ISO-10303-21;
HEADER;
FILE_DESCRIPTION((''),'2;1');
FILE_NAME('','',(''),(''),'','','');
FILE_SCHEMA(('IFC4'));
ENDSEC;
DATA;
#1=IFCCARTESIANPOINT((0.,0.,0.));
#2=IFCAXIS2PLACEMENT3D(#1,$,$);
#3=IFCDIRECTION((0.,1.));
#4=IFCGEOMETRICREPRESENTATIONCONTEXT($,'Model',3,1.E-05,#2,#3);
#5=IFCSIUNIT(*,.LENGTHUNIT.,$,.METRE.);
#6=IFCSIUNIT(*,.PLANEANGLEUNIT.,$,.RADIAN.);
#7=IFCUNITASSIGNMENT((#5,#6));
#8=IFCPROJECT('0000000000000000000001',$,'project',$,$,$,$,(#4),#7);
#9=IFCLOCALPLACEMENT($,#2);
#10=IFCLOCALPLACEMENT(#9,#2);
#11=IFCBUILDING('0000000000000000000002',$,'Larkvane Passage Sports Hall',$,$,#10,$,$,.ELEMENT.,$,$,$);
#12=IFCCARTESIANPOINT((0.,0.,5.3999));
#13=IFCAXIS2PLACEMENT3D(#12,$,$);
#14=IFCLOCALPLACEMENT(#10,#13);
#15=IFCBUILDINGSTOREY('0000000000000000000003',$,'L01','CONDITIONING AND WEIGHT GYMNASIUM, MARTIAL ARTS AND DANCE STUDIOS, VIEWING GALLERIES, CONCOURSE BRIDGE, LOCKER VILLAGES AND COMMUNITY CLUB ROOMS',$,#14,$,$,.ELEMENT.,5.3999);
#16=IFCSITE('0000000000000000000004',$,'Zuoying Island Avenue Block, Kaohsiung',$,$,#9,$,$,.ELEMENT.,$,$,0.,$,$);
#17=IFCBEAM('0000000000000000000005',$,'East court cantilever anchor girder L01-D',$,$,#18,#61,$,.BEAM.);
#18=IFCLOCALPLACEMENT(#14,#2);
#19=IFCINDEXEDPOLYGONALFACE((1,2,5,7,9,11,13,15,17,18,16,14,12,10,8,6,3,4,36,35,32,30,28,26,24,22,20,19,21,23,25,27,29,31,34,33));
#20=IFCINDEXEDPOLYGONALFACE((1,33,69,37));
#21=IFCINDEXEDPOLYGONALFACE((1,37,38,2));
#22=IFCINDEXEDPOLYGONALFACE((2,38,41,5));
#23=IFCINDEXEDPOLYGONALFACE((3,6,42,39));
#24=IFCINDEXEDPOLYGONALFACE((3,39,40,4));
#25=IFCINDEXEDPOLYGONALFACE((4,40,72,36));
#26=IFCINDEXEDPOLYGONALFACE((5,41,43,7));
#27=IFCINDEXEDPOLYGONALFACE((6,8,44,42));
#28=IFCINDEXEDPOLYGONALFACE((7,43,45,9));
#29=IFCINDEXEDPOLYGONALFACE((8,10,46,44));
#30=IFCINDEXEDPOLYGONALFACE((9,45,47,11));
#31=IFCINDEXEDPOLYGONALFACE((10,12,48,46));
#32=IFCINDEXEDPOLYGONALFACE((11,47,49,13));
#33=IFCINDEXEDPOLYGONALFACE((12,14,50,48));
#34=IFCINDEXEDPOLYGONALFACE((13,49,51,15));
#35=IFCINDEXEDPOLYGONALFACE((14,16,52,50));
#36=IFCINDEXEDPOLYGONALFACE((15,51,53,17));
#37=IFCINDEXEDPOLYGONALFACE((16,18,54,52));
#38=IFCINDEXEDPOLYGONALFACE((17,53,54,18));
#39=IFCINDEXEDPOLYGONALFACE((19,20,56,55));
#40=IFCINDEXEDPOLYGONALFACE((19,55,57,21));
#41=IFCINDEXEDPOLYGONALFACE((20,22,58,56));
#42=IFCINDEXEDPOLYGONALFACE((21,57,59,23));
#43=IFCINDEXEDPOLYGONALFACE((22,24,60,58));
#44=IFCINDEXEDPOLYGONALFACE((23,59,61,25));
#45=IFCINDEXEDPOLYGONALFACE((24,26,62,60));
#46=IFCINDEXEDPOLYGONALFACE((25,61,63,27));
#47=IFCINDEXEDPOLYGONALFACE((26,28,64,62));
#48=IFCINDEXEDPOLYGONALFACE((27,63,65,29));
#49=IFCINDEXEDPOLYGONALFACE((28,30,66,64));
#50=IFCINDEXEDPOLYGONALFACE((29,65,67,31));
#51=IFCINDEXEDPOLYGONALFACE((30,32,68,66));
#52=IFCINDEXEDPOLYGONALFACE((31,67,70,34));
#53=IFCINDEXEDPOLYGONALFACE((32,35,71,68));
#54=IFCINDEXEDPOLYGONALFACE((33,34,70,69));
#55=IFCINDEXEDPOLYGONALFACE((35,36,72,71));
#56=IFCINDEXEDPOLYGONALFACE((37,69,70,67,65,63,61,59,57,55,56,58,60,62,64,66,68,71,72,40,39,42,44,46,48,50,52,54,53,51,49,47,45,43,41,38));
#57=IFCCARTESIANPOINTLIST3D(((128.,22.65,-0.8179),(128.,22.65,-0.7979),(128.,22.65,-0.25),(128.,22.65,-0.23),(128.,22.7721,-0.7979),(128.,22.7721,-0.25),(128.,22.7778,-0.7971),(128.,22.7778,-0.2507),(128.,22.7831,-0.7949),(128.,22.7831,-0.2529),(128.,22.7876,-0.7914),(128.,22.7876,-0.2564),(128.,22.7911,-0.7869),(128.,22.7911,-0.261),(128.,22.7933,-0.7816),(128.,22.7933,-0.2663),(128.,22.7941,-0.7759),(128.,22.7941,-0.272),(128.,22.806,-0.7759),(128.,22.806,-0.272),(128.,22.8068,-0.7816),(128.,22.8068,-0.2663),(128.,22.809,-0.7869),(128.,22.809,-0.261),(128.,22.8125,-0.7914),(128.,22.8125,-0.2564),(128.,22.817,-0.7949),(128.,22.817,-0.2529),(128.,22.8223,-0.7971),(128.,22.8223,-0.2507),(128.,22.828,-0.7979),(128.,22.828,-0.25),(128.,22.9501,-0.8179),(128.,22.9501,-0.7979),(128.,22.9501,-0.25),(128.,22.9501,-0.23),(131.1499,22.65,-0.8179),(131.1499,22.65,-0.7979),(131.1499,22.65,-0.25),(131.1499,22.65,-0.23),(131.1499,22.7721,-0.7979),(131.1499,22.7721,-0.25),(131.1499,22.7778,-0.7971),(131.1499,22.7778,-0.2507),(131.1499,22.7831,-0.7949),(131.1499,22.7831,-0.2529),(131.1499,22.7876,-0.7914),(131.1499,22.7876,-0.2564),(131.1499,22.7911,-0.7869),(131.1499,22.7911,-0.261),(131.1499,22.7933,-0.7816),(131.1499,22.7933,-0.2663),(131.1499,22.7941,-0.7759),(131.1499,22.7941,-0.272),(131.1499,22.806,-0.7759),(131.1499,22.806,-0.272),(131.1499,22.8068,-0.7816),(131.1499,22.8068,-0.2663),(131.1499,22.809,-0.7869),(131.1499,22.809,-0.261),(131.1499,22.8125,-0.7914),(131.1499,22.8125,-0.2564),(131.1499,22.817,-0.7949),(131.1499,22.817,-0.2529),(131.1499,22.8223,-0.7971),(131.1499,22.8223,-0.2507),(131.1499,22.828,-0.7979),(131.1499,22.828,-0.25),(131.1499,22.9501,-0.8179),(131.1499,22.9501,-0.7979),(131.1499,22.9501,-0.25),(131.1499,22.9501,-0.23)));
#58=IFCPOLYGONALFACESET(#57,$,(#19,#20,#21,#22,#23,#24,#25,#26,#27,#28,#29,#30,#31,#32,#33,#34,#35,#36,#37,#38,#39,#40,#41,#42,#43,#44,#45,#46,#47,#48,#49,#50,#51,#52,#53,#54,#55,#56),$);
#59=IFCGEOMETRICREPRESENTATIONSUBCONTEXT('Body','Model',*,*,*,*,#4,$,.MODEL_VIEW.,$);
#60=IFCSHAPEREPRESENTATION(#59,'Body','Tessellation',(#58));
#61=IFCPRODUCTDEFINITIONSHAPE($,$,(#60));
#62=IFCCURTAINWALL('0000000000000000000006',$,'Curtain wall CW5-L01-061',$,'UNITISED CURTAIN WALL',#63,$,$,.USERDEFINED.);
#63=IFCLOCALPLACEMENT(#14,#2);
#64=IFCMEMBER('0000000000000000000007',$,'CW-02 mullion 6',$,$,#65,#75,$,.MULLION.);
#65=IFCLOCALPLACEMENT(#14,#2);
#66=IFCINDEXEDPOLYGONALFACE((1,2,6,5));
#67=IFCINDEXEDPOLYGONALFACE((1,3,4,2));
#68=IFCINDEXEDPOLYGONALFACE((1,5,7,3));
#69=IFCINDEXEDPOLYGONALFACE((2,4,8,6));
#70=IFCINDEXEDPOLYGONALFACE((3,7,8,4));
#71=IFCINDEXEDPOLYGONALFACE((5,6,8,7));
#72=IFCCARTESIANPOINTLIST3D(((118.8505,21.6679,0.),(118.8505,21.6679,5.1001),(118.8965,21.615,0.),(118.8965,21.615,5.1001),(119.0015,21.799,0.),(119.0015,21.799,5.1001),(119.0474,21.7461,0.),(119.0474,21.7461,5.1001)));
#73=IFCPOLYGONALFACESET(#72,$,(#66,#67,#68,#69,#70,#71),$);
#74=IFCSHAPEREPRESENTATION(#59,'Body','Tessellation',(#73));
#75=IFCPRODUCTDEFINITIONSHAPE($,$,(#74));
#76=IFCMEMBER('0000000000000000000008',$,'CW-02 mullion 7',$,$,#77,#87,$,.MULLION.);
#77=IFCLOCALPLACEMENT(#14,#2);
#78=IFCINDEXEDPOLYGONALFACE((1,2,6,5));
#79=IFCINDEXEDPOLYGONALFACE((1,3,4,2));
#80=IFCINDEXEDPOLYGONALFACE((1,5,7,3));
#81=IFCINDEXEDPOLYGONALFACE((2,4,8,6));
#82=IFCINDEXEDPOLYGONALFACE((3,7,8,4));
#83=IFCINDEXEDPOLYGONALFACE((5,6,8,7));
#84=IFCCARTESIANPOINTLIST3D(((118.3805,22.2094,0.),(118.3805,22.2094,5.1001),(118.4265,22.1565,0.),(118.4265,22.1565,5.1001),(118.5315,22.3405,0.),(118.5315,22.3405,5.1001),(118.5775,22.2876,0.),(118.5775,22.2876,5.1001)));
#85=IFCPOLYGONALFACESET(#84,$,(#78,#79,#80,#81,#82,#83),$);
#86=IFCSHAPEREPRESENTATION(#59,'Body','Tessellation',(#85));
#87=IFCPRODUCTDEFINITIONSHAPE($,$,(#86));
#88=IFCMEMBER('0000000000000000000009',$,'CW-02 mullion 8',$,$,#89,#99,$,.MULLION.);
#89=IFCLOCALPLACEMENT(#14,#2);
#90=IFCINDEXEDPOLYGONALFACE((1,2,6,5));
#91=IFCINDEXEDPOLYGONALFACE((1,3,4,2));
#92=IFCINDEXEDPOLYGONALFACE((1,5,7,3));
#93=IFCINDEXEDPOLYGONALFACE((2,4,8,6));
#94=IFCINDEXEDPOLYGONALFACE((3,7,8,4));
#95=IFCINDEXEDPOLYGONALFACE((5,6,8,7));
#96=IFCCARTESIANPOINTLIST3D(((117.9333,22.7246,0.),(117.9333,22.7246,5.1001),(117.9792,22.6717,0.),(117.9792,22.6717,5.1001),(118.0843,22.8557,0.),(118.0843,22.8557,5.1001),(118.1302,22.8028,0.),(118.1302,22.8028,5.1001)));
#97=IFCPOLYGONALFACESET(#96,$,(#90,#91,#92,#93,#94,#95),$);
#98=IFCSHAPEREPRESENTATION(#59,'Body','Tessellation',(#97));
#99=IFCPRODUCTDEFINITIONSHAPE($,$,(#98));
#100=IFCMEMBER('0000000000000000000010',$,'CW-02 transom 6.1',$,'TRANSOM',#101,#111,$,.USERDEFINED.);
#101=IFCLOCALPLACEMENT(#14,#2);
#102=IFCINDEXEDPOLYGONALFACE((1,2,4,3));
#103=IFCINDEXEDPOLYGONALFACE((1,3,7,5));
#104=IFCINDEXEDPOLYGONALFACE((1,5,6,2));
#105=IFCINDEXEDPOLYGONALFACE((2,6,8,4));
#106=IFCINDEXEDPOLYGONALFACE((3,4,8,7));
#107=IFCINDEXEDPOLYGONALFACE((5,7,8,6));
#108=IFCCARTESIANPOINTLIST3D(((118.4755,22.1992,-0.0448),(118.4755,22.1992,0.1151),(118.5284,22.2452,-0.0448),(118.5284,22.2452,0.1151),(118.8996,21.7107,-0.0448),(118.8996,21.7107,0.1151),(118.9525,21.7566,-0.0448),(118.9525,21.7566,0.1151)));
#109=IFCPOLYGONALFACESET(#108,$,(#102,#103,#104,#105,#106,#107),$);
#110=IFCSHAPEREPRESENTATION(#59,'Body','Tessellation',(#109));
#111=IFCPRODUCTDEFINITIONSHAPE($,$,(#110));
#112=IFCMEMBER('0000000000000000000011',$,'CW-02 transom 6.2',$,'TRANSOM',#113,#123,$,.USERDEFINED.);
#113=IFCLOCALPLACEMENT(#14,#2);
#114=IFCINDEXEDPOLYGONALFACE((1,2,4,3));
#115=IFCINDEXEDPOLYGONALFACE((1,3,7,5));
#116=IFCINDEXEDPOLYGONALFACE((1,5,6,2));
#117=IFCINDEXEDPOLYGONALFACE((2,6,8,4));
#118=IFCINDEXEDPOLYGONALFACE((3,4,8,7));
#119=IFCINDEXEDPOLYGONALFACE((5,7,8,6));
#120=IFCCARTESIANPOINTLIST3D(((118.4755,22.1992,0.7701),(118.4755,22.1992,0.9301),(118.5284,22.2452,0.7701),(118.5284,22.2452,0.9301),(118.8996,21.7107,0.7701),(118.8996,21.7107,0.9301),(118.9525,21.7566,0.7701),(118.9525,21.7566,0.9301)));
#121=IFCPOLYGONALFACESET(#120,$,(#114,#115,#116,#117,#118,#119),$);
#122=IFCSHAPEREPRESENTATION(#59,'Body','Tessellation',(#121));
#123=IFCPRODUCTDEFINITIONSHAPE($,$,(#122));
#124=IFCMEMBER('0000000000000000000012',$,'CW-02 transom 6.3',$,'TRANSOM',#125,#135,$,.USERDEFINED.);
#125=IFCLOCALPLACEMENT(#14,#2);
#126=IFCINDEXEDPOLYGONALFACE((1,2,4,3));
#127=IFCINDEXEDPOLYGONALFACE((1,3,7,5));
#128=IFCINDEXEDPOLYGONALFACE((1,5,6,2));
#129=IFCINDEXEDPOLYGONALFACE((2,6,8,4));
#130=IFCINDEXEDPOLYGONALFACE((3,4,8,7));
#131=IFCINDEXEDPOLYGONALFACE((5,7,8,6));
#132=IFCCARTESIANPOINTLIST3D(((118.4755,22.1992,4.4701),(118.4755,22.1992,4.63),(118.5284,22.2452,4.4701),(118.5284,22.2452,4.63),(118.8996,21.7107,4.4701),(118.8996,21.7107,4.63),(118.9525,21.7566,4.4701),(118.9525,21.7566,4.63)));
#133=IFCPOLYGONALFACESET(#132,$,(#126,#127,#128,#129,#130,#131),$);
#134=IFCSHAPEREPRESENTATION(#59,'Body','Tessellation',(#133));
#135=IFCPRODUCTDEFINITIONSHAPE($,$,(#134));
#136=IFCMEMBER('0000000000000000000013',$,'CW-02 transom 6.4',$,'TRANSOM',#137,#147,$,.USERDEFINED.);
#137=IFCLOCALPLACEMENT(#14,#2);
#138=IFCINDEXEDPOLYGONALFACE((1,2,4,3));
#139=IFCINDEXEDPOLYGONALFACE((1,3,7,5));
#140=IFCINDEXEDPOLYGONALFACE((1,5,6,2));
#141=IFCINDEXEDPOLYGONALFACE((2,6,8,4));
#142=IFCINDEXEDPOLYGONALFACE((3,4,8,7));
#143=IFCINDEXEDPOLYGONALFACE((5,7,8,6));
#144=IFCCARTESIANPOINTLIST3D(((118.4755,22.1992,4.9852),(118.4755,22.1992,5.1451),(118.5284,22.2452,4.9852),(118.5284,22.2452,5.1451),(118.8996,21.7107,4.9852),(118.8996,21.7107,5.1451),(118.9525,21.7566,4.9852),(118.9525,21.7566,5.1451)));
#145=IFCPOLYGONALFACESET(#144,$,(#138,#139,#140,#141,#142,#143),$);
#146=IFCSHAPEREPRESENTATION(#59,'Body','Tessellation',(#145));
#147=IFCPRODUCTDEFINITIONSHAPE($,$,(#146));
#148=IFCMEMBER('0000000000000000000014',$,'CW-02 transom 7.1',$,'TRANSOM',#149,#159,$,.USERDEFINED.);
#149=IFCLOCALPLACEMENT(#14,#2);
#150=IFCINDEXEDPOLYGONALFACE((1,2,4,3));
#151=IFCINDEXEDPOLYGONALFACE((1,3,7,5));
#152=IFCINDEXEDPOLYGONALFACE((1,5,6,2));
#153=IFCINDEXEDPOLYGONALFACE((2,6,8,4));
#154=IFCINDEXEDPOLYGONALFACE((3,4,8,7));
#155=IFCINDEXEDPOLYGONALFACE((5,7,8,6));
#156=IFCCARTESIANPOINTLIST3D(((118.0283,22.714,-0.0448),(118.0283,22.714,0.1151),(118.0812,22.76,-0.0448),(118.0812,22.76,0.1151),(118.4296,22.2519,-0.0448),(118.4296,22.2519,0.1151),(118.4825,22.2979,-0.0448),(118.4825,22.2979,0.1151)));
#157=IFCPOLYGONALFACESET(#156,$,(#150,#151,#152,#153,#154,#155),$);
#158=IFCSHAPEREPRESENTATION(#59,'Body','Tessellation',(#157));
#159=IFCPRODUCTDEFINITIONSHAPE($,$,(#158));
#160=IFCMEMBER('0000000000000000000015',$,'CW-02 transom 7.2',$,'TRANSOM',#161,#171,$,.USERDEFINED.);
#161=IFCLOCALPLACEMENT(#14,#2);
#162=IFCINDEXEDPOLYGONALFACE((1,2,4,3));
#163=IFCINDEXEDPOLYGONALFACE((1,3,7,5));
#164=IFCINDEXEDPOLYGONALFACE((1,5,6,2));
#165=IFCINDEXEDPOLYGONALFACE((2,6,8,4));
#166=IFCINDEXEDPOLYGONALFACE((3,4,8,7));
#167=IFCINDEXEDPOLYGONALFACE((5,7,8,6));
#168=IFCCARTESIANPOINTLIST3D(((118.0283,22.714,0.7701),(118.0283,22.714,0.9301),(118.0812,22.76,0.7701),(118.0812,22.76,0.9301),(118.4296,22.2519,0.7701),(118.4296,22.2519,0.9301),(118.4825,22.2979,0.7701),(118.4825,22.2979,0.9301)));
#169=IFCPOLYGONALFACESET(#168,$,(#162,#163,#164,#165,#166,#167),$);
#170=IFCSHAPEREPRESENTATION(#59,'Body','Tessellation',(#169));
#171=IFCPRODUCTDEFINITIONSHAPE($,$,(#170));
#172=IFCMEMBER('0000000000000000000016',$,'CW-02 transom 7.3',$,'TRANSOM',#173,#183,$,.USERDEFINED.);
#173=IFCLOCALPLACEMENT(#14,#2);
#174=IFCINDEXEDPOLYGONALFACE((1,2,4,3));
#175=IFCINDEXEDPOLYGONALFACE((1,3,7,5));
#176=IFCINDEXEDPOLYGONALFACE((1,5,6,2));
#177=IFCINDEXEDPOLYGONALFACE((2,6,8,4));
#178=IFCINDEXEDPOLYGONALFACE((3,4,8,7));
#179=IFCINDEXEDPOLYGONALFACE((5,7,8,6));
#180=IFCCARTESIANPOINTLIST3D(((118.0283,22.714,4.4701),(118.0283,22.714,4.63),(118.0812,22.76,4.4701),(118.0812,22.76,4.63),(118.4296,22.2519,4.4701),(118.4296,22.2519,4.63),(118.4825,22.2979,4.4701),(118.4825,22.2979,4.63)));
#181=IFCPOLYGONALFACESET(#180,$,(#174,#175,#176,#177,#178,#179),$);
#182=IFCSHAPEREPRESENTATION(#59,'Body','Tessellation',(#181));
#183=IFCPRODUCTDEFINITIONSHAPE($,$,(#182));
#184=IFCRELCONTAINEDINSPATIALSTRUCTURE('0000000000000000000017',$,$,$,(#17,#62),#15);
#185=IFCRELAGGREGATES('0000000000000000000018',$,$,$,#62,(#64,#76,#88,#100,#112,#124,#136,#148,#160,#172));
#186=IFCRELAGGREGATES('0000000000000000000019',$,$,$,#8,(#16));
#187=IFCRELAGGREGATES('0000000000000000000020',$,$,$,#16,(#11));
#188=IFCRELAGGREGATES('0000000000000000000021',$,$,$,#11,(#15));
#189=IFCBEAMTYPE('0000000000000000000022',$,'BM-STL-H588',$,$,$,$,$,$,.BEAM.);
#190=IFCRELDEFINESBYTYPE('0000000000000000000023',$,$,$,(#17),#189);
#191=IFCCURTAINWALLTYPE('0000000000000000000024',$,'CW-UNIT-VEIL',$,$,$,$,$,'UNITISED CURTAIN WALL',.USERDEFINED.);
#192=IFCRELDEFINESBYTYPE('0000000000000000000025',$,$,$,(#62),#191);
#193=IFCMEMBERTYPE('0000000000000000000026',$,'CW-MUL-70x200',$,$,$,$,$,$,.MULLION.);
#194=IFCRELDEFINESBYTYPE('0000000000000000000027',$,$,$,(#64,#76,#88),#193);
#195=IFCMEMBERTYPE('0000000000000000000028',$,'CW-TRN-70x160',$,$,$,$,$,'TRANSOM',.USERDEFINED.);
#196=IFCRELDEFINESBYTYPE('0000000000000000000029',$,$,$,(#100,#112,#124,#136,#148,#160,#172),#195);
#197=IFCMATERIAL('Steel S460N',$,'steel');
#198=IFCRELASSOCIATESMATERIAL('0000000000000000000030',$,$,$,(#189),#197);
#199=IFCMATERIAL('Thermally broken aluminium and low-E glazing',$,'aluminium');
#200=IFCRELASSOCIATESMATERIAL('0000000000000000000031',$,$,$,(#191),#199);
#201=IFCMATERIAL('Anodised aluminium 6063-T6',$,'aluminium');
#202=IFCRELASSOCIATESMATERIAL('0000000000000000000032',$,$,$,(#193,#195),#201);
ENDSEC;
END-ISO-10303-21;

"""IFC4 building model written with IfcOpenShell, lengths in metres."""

from ifc_helpers import new_model, si_unit, direction, frame, origin, origin_2d, place, context, subcontext, project, spatial, rectangle, i_section, extrude, material, material_profile, profile_set, type_object, element, aggregate, save


model = new_model("IFC4")

# Units and contexts
model_context = context("Model", 3, precision=1e-05, world=origin(), true_north=direction((0.0, 1.0)))
body_context = subcontext(model_context, "Body", "Model", "MODEL_VIEW")
ifc_project = project(units=[si_unit("LENGTHUNIT", "METRE"), si_unit("PLANEANGLEUNIT", "RADIAN")], contexts=[model_context])

# Site, building, storey
site_placement = place(None, origin())
site = spatial("IfcSite", under=ifc_project, at=site_placement, Name="Zuoying Island Avenue Block, Kaohsiung", CompositionType="ELEMENT", RefElevation=0.0)
building_placement = place(site_placement, origin())
building = spatial("IfcBuilding", under=site, at=building_placement, Name="Larkvane Passage Sports Hall", CompositionType="ELEMENT")
storey_placement = place(building_placement, frame((0.0, 0.0, 5.3999)))
storey = spatial("IfcBuildingStorey", under=building, at=storey_placement, Name="L01", Description="CONDITIONING AND WEIGHT GYMNASIUM, MARTIAL ARTS AND DANCE STUDIOS, VIEWING GALLERIES, CONCOURSE BRIDGE, LOCKER VILLAGES AND COMMUNITY CLUB ROOMS", CompositionType="ELEMENT", Elevation=5.3999)

# Beam
ifc_material_1 = material(Name="Steel S460N", Category="steel")
ifc_material_profile_1 = material_profile(ifc_material_1, i_section(OverallWidth=0.3, OverallDepth=0.5879, WebThickness=0.012, FlangeThickness=0.02, FilletRadius=0.022, at=origin_2d()), Name="H-588x300x12x20")
ifc_profile_set_1 = profile_set([ifc_material_profile_1], Name="Steel S460N")
beam_type = type_object("IfcBeamType", Name="BM-STL-H588", PredefinedType="BEAM", material=ifc_profile_set_1)
beam_placement = place(storey_placement, frame((128.0, 22.8, -0.5239), z_axis=(1.0, 0.0, 0.0), x_axis=(0.0, 1.0, 0.0)))
element("IfcBeam", 1, at=beam_placement, inside=storey, type_object=beam_type, Name="East court cantilever anchor girder L01-D", PredefinedType="BEAM", context=body_context, shape_type="SweptSolid", body=[
    extrude(i_section(OverallWidth=0.3, OverallDepth=0.5879, WebThickness=0.012, FlangeThickness=0.02, FilletRadius=0.022, at=origin_2d()), origin(), (0.0, 0.0, 1.0), 3.1499),
])

# Curtain wall, members
ifc_material_2 = material(Name="Thermally broken aluminium and low-E glazing", Category="aluminium")
curtain_wall_type = type_object("IfcCurtainWallType", Name="CW-UNIT-VEIL", ElementType="UNITISED CURTAIN WALL", PredefinedType="USERDEFINED", material=ifc_material_2)
curtain_wall_placement = place(storey_placement, origin())
curtain_wall = element("IfcCurtainWall", 2, at=curtain_wall_placement, inside=storey, type_object=curtain_wall_type, Name="Curtain wall CW5-L01-061", ObjectType="UNITISED CURTAIN WALL", PredefinedType="USERDEFINED")
ifc_material_3 = material(Name="Anodised aluminium 6063-T6", Category="aluminium")
ifc_material_profile_2 = material_profile(ifc_material_3, rectangle(XDim=0.0701, YDim=0.2, at=origin_2d()), Name="ALU-MUL-70x200")
ifc_profile_set_2 = profile_set([ifc_material_profile_2], Name="Anodised aluminium 6063-T6")
member_type_1 = type_object("IfcMemberType", Name="CW-MUL-70x200", PredefinedType="MULLION", material=ifc_profile_set_2)
member_1_placement = place(storey_placement, frame((118.949, 21.707, 0.0), z_axis=(0.0, 0.0, 1.0), x_axis=(-0.655685, 0.755035, 0.0)))
member_1 = element("IfcMember", 3, at=member_1_placement, type_object=member_type_1, Name="CW-02 mullion 6", PredefinedType="MULLION", context=body_context, shape_type="SweptSolid", body=[
    extrude(rectangle(XDim=0.0701, YDim=0.2, at=origin_2d()), origin(), (0.0, 0.0, 1.0), 5.1001),
])
member_2_placement = place(storey_placement, frame((118.479, 22.2485, 0.0), z_axis=(0.0, 0.0, 1.0), x_axis=(-0.655685, 0.755035, 0.0)))
member_2 = element("IfcMember", 4, at=member_2_placement, type_object=member_type_1, Name="CW-02 mullion 7", PredefinedType="MULLION", context=body_context, shape_type="SweptSolid", body=[
    extrude(rectangle(XDim=0.0701, YDim=0.2, at=origin_2d()), origin(), (0.0, 0.0, 1.0), 5.1001),
])
member_3_placement = place(storey_placement, frame((118.0317, 22.7637, 0.0), z_axis=(0.0, 0.0, 1.0), x_axis=(-0.655685, 0.755035, 0.0)))
member_3 = element("IfcMember", 5, at=member_3_placement, type_object=member_type_1, Name="CW-02 mullion 8", PredefinedType="MULLION", context=body_context, shape_type="SweptSolid", body=[
    extrude(rectangle(XDim=0.0701, YDim=0.2, at=origin_2d()), origin(), (0.0, 0.0, 1.0), 5.1001),
])
ifc_material_profile_3 = material_profile(ifc_material_3, rectangle(XDim=0.0701, YDim=0.1599, at=origin_2d()), Name="ALU-TRN-70x160")
ifc_profile_set_3 = profile_set([ifc_material_profile_3], Name="Anodised aluminium 6063-T6")
member_type_2 = type_object("IfcMemberType", Name="CW-TRN-70x160", ElementType="TRANSOM", PredefinedType="USERDEFINED", material=ifc_profile_set_3)
member_4_placement = place(storey_placement, frame((118.926, 21.7336, 0.0352), z_axis=(-0.655534, 0.755166, 0.0), x_axis=(-0.755166, -0.655534, 0.0)))
member_4 = element("IfcMember", 6, at=member_4_placement, type_object=member_type_2, Name="CW-02 transom 6.1", ObjectType="TRANSOM", PredefinedType="USERDEFINED", context=body_context, shape_type="SweptSolid", body=[
    extrude(rectangle(XDim=0.0701, YDim=0.1599, at=origin_2d()), origin(), (0.0, 0.0, 1.0), 0.647),
])
member_5_placement = place(storey_placement, frame((118.926, 21.7336, 0.8501), z_axis=(-0.655534, 0.755166, 0.0), x_axis=(-0.755166, -0.655534, 0.0)))
member_5 = element("IfcMember", 7, at=member_5_placement, type_object=member_type_2, Name="CW-02 transom 6.2", ObjectType="TRANSOM", PredefinedType="USERDEFINED", context=body_context, shape_type="SweptSolid", body=[
    extrude(rectangle(XDim=0.0701, YDim=0.1599, at=origin_2d()), origin(), (0.0, 0.0, 1.0), 0.647),
])
member_6_placement = place(storey_placement, frame((118.926, 21.7336, 4.55), z_axis=(-0.655534, 0.755166, 0.0), x_axis=(-0.755166, -0.655534, 0.0)))
member_6 = element("IfcMember", 8, at=member_6_placement, type_object=member_type_2, Name="CW-02 transom 6.3", ObjectType="TRANSOM", PredefinedType="USERDEFINED", context=body_context, shape_type="SweptSolid", body=[
    extrude(rectangle(XDim=0.0701, YDim=0.1599, at=origin_2d()), origin(), (0.0, 0.0, 1.0), 0.647),
])
member_7_placement = place(storey_placement, frame((118.926, 21.7336, 5.0652), z_axis=(-0.655534, 0.755166, 0.0), x_axis=(-0.755166, -0.655534, 0.0)))
member_7 = element("IfcMember", 9, at=member_7_placement, type_object=member_type_2, Name="CW-02 transom 6.4", ObjectType="TRANSOM", PredefinedType="USERDEFINED", context=body_context, shape_type="SweptSolid", body=[
    extrude(rectangle(XDim=0.0701, YDim=0.1599, at=origin_2d()), origin(), (0.0, 0.0, 1.0), 0.647),
])
member_8_placement = place(storey_placement, frame((118.4561, 22.2749, 0.0352), z_axis=(-0.655705, 0.755018, 0.0), x_axis=(-0.755018, -0.655705, 0.0)))
member_8 = element("IfcMember", 10, at=member_8_placement, type_object=member_type_2, Name="CW-02 transom 7.1", ObjectType="TRANSOM", PredefinedType="USERDEFINED", context=body_context, shape_type="SweptSolid", body=[
    extrude(rectangle(XDim=0.0701, YDim=0.1599, at=origin_2d()), origin(), (0.0, 0.0, 1.0), 0.6121),
])
member_9_placement = place(storey_placement, frame((118.4561, 22.2749, 0.8501), z_axis=(-0.655705, 0.755018, 0.0), x_axis=(-0.755018, -0.655705, 0.0)))
member_9 = element("IfcMember", 11, at=member_9_placement, type_object=member_type_2, Name="CW-02 transom 7.2", ObjectType="TRANSOM", PredefinedType="USERDEFINED", context=body_context, shape_type="SweptSolid", body=[
    extrude(rectangle(XDim=0.0701, YDim=0.1599, at=origin_2d()), origin(), (0.0, 0.0, 1.0), 0.6121),
])
member_10_placement = place(storey_placement, frame((118.4561, 22.2749, 4.55), z_axis=(-0.655705, 0.755018, 0.0), x_axis=(-0.755018, -0.655705, 0.0)))
member_10 = element("IfcMember", 12, at=member_10_placement, type_object=member_type_2, Name="CW-02 transom 7.3", ObjectType="TRANSOM", PredefinedType="USERDEFINED", context=body_context, shape_type="SweptSolid", body=[
    extrude(rectangle(XDim=0.0701, YDim=0.1599, at=origin_2d()), origin(), (0.0, 0.0, 1.0), 0.6121),
])

aggregate(curtain_wall, [member_1, member_2, member_3, member_4, member_5, member_6, member_7, member_8, member_9, member_10])

save(model, "model.ifc")
